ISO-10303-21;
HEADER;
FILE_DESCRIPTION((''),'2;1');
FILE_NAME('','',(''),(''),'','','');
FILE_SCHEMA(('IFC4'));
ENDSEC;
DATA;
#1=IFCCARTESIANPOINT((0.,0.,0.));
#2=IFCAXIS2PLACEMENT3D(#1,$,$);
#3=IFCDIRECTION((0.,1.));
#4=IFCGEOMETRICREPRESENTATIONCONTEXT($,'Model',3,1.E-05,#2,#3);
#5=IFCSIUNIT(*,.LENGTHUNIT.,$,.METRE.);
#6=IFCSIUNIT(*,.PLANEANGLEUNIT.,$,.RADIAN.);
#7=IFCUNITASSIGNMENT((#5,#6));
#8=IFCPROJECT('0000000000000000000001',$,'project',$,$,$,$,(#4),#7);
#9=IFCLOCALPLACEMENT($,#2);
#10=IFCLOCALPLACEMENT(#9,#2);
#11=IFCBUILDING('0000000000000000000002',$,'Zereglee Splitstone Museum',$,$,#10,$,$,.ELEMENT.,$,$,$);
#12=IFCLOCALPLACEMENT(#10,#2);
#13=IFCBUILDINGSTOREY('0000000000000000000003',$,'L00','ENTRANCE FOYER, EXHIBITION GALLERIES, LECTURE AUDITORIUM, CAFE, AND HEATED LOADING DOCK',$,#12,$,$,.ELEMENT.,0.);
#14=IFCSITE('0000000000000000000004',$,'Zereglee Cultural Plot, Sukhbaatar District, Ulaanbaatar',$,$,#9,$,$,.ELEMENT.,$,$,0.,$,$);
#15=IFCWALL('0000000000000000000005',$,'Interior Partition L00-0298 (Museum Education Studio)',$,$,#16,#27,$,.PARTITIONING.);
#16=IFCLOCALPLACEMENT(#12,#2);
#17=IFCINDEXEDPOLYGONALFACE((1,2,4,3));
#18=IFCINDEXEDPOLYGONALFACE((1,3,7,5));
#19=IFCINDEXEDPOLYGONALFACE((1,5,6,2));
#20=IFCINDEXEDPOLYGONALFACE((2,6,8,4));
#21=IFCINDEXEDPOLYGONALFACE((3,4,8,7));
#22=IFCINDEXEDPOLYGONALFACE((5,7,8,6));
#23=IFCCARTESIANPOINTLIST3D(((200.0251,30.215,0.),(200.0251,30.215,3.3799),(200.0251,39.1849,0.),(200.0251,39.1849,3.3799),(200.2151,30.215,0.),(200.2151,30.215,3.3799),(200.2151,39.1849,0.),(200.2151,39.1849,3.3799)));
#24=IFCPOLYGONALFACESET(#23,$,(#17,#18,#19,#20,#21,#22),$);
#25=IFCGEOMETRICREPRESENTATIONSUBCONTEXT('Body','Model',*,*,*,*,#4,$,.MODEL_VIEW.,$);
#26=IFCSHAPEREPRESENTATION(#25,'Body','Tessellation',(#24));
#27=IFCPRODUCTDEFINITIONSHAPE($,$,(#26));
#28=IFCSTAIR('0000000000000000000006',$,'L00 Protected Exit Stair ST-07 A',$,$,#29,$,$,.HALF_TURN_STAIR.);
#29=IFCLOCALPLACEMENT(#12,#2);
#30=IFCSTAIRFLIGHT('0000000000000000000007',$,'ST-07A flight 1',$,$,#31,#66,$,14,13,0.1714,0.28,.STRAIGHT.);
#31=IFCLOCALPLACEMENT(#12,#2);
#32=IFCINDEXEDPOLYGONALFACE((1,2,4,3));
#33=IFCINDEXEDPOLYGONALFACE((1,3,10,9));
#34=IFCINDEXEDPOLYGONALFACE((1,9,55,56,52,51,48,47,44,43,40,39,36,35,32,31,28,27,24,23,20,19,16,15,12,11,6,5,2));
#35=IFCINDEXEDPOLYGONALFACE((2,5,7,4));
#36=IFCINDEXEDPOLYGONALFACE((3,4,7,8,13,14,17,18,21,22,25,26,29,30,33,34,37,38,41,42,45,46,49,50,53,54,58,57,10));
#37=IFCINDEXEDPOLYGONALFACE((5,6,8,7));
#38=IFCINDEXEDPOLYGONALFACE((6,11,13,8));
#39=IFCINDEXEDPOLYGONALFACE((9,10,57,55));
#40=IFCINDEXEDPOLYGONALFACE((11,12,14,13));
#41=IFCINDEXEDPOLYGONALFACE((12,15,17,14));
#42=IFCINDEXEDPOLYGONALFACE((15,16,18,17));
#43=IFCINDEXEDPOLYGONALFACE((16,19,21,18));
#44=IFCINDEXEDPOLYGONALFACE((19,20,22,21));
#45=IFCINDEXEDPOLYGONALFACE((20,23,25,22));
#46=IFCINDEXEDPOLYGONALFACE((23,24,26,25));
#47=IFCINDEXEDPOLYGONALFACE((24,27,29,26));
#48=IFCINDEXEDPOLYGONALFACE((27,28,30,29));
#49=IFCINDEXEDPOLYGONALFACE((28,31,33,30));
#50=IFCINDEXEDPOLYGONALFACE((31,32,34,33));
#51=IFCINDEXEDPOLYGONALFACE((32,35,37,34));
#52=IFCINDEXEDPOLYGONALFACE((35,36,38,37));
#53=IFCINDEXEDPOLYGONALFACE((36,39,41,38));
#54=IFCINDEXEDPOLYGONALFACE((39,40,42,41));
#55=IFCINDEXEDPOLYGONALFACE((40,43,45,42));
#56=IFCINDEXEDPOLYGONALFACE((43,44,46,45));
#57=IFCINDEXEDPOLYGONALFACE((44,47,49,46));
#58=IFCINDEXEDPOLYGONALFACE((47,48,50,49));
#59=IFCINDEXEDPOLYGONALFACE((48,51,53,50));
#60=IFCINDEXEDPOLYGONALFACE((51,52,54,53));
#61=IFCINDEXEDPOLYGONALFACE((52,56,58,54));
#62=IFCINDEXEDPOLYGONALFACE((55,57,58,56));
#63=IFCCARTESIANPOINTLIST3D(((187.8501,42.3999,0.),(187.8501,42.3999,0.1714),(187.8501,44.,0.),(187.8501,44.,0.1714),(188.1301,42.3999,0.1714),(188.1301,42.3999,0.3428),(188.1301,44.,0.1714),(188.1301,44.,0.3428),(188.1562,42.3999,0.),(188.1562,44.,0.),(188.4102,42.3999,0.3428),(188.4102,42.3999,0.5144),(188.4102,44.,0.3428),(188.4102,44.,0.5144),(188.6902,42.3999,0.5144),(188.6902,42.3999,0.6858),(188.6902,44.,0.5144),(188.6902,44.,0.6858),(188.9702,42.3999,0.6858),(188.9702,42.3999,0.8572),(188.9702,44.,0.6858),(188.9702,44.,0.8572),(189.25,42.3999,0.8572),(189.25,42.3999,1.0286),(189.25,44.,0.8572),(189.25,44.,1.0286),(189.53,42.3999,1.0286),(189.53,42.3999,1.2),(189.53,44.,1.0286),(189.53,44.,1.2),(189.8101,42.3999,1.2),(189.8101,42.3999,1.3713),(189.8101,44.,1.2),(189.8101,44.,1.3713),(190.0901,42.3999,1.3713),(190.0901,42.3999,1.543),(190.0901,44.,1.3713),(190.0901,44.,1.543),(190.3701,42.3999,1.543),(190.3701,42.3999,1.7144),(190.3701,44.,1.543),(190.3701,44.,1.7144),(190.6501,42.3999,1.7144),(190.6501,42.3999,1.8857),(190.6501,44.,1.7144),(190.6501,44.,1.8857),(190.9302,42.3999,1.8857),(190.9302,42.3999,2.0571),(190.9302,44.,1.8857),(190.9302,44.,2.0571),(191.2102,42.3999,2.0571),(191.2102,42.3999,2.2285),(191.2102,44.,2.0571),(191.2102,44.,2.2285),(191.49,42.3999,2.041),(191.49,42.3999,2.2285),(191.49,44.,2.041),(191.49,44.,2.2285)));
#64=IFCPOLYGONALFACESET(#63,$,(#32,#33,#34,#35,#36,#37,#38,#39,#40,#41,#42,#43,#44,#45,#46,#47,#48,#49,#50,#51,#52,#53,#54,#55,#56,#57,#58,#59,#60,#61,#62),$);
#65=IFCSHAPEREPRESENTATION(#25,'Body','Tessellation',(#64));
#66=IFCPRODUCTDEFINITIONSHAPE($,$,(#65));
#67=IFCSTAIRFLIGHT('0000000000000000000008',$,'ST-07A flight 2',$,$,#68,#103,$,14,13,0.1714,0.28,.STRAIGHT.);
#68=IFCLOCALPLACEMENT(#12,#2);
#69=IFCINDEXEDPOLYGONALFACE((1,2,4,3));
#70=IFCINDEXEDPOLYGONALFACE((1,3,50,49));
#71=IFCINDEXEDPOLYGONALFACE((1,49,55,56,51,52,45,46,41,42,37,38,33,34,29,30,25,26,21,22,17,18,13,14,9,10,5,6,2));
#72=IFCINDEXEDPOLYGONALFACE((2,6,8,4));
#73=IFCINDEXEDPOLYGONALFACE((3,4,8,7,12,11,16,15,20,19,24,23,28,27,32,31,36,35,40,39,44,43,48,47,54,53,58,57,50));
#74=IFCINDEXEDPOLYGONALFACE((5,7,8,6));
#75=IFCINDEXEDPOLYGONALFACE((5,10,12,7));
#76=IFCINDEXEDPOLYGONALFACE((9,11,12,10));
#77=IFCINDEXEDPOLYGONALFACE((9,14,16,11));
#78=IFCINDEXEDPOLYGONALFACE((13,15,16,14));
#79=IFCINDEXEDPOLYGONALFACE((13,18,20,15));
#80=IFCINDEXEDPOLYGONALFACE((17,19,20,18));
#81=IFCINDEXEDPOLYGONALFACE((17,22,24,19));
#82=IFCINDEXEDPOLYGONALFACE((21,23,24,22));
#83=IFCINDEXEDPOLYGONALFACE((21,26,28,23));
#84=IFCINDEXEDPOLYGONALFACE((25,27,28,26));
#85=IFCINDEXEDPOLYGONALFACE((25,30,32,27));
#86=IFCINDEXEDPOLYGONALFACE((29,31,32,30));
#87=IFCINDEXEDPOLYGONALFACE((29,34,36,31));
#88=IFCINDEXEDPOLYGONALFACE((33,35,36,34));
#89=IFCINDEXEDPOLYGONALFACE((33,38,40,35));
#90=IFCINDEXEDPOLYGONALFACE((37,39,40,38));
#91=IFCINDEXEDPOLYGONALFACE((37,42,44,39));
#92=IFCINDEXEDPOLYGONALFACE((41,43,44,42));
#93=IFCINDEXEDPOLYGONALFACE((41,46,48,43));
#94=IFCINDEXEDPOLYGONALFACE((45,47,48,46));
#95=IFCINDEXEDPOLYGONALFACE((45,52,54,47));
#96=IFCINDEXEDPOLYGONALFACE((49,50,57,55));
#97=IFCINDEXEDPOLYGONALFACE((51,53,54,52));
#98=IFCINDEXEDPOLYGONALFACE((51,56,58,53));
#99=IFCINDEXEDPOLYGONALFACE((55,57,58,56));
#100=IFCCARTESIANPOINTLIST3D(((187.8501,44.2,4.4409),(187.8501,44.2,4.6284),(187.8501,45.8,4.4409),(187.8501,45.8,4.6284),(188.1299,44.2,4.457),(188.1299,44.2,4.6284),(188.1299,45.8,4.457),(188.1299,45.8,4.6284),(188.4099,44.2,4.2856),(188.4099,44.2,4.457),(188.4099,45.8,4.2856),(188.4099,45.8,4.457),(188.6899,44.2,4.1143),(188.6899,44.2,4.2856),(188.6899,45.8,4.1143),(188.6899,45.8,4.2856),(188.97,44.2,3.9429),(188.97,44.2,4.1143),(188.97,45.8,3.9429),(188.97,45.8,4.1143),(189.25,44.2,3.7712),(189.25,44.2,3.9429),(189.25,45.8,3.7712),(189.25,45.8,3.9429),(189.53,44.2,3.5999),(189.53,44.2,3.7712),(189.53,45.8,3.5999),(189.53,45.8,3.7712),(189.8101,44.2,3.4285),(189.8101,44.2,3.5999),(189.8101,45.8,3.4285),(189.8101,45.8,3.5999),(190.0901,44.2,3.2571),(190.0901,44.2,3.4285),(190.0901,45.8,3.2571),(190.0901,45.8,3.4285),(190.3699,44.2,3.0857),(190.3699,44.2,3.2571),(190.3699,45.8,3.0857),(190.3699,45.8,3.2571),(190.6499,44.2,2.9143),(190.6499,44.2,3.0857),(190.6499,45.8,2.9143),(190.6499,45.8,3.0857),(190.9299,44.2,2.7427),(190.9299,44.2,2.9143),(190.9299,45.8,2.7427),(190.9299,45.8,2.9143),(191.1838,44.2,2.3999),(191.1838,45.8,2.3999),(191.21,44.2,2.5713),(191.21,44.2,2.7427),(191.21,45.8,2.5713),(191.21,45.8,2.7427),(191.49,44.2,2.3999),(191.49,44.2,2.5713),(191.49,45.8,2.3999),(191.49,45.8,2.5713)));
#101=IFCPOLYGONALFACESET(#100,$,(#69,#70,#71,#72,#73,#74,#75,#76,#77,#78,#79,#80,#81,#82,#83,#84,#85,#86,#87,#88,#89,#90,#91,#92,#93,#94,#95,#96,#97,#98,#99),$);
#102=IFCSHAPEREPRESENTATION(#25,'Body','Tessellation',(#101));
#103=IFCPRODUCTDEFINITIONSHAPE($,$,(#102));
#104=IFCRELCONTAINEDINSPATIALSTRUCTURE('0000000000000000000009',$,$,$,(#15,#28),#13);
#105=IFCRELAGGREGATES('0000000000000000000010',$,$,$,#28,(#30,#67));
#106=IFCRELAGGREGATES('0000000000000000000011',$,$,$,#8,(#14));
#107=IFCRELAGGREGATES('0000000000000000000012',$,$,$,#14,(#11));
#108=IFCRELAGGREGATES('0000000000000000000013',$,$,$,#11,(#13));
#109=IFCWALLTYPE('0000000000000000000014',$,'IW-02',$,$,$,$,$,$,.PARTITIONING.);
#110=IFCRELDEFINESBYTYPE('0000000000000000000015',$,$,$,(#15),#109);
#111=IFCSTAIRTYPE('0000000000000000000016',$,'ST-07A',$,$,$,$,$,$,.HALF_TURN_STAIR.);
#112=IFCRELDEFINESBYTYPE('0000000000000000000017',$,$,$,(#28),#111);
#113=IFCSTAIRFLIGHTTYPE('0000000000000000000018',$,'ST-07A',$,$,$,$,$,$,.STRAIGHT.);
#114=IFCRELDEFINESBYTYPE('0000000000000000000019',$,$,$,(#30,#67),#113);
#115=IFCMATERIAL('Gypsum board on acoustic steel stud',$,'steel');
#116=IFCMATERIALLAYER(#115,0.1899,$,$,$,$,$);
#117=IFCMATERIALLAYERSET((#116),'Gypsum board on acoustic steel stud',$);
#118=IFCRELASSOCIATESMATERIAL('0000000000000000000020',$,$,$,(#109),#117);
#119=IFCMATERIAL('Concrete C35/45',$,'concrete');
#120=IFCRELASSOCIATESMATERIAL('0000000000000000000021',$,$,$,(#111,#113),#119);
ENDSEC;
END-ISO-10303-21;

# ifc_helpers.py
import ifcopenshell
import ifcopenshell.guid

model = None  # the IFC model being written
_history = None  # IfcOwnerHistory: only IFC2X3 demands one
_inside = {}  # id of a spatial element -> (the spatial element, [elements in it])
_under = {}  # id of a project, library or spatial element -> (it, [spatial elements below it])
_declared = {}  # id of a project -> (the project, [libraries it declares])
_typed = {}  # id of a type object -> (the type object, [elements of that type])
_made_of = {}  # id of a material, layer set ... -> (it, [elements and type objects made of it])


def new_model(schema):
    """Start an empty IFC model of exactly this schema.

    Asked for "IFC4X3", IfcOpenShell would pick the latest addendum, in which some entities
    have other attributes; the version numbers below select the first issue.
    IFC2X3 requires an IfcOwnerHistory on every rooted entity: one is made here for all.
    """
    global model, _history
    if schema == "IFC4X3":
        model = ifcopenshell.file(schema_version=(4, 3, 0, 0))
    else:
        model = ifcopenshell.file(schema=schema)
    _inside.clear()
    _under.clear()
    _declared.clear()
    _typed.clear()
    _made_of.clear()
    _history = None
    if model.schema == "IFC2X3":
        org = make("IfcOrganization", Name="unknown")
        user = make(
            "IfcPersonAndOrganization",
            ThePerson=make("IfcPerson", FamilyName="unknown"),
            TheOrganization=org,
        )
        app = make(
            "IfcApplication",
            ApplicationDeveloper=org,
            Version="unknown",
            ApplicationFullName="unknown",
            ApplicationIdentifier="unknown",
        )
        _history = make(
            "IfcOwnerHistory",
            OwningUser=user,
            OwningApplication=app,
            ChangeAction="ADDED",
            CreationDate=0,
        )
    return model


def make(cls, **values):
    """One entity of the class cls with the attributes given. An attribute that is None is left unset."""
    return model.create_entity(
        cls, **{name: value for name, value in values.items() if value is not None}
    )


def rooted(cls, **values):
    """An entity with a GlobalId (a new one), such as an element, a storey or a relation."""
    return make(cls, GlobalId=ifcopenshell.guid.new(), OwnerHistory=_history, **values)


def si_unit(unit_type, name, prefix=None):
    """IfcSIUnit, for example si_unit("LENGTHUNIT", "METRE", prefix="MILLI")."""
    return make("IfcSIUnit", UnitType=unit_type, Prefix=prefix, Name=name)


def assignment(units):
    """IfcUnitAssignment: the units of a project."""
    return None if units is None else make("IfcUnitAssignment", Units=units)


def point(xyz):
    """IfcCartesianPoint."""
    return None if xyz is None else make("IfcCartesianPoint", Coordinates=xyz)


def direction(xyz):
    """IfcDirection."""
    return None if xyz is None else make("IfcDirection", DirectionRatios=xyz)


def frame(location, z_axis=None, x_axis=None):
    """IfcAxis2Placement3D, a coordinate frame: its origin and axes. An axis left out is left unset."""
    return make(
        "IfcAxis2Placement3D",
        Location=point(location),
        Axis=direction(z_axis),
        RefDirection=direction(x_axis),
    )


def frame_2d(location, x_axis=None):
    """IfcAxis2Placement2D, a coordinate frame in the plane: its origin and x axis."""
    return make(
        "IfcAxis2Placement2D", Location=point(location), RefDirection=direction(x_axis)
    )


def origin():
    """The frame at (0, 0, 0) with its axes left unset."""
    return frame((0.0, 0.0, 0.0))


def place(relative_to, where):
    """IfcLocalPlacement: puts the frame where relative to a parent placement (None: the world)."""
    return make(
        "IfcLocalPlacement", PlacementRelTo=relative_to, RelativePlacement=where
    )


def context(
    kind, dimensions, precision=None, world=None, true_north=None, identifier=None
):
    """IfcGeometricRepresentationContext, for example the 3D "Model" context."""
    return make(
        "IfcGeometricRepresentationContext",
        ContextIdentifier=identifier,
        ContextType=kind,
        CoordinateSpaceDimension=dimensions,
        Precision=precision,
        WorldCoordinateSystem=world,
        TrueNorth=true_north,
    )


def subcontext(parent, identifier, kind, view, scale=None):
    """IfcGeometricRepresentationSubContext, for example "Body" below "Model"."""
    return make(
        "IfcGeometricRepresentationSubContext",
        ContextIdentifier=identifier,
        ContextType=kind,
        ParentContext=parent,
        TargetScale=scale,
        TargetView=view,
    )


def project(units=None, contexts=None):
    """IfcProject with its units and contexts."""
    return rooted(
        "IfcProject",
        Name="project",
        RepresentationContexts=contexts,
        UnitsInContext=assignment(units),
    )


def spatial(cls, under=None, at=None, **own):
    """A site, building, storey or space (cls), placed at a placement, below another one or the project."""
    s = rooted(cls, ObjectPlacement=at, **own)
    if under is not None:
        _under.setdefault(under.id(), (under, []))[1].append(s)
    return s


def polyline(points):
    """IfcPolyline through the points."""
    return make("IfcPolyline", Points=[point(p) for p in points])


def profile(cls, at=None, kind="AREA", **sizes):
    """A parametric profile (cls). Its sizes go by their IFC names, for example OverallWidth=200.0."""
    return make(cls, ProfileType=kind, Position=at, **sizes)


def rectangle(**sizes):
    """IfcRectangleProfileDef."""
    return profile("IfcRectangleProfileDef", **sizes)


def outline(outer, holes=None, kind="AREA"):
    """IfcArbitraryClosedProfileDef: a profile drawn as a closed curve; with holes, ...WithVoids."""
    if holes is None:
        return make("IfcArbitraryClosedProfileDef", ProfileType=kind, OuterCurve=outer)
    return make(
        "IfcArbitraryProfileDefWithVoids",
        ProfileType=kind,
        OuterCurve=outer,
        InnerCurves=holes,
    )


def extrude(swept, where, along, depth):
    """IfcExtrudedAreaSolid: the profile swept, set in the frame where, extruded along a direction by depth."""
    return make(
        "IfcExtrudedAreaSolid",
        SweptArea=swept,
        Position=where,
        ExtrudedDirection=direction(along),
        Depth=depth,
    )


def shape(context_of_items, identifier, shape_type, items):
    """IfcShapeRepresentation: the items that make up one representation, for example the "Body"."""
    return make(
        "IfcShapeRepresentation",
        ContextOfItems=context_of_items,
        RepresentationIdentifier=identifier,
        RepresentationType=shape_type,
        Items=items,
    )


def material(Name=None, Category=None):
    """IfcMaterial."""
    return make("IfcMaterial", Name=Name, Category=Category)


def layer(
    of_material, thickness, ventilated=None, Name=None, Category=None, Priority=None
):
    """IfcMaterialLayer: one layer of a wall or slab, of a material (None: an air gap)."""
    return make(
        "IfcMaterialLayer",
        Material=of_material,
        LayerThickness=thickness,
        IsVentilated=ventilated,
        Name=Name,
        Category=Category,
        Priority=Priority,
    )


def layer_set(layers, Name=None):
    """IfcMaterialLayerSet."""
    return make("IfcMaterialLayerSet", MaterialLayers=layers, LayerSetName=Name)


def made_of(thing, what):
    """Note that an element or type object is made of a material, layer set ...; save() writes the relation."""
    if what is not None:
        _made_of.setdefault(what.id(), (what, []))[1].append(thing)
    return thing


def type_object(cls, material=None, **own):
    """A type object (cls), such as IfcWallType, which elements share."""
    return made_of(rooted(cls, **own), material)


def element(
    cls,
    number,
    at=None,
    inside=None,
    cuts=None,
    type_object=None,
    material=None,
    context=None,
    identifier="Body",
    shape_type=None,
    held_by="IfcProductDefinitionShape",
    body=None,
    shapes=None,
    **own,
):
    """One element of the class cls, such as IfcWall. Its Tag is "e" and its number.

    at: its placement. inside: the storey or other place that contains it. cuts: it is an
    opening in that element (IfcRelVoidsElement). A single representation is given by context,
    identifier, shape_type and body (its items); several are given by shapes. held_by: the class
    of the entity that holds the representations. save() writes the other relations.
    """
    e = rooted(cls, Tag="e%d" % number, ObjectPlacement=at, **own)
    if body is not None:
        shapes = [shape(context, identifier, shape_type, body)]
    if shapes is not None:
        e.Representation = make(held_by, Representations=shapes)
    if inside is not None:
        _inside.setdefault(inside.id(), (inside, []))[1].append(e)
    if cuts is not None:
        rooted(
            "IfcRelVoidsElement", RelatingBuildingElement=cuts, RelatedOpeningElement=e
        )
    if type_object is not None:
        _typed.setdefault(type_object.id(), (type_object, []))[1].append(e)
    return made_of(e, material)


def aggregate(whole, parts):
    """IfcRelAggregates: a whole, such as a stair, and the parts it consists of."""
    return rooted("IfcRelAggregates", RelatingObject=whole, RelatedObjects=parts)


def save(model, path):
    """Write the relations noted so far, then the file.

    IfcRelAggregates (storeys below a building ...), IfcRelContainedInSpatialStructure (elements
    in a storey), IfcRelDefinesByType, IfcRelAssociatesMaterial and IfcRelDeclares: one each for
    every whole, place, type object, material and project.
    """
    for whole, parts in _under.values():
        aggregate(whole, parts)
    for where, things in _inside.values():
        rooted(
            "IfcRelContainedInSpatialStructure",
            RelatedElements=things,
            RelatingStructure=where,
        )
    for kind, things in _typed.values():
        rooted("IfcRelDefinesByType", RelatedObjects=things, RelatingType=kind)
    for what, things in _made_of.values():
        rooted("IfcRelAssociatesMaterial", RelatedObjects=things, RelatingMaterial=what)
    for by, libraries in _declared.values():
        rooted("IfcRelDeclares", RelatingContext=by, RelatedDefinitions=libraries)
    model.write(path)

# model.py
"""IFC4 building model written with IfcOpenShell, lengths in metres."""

from ifc_helpers import new_model, si_unit, direction, frame, frame_2d, origin, place, context, subcontext, project, spatial, polyline, rectangle, outline, extrude, material, layer, layer_set, type_object, element, aggregate, save


model = new_model("IFC4")

# Units and contexts
model_context = context("Model", 3, precision=1e-05, world=origin(), true_north=direction((0.0, 1.0)))
body_context = subcontext(model_context, "Body", "Model", "MODEL_VIEW")
ifc_project = project(units=[si_unit("LENGTHUNIT", "METRE"), si_unit("PLANEANGLEUNIT", "RADIAN")], contexts=[model_context])

# Site, building, storey
site_placement = place(None, origin())
site = spatial("IfcSite", under=ifc_project, at=site_placement, Name="Zereglee Cultural Plot, Sukhbaatar District, Ulaanbaatar", CompositionType="ELEMENT", RefElevation=0.0)
building_placement = place(site_placement, origin())
building = spatial("IfcBuilding", under=site, at=building_placement, Name="Zereglee Splitstone Museum", CompositionType="ELEMENT")
storey_placement = place(building_placement, origin())
storey = spatial("IfcBuildingStorey", under=building, at=storey_placement, Name="L00", Description="ENTRANCE FOYER, EXHIBITION GALLERIES, LECTURE AUDITORIUM, CAFE, AND HEATED LOADING DOCK", CompositionType="ELEMENT", Elevation=0.0)

# Shared definitions
ifc_material_1 = material(Name="Gypsum board on acoustic steel stud", Category="steel")
ifc_layer_1 = layer(ifc_material_1, 0.1899)
ifc_layer_set_1 = layer_set([ifc_layer_1], Name="Gypsum board on acoustic steel stud")
wall_type_1 = type_object("IfcWallType", Name="IW-02", PredefinedType="PARTITIONING", material=ifc_layer_set_1)

# Wall
wall_1_placement = place(storey_placement, frame((200.1201, 30.2151, 0.0), z_axis=(0.0, 0.0, 1.0), x_axis=(0.0, 1.0, 0.0)))
element("IfcWall", 1, at=wall_1_placement, inside=storey, type_object=wall_type_1, Name="Interior Partition L00-0298 (Museum Education Studio)", PredefinedType="PARTITIONING", context=body_context, shape_type="SweptSolid", body=[
    extrude(rectangle(XDim=8.97, YDim=0.1899, at=frame_2d((4.4849, 0.0))), origin(), (0.0, 0.0, 1.0), 3.3799),
])

# Stair, stair flights
ifc_material_2 = material(Name="Concrete C35/45", Category="concrete")
stair_type = type_object("IfcStairType", Name="ST-07A", PredefinedType="HALF_TURN_STAIR", material=ifc_material_2)
stair_placement = place(storey_placement, origin())
stair = element("IfcStair", 2, at=stair_placement, inside=storey, type_object=stair_type, Name="L00 Protected Exit Stair ST-07 A", PredefinedType="HALF_TURN_STAIR")
stair_flight_type = type_object("IfcStairFlightType", Name="ST-07A", PredefinedType="STRAIGHT", material=ifc_material_2)
stair_flight_1_placement = place(storey_placement, frame((187.8501, 43.2, 0.0), z_axis=(0.0, 0.0, 1.0), x_axis=(1.0, 0.0, 0.0)))
stair_flight_1 = element("IfcStairFlight", 3, at=stair_flight_1_placement, type_object=stair_flight_type, Name="ST-07A flight 1", NumberOfRisers=14, NumberOfTreads=13, PredefinedType="STRAIGHT", RiserHeight=0.1714, TreadLength=0.28, context=body_context, shape_type="SweptSolid", body=[
    extrude(outline(polyline([(0.0, 0.0), (0.0, 0.1714), (0.28, 0.1714), (0.28, 0.3428), (0.5601, 0.3428), (0.5601, 0.5144), (0.8401, 0.5144), (0.8401, 0.6858), (1.1201, 0.6858), (1.1201, 0.8572), (1.3999, 0.8572), (1.3999, 1.0286), (1.6799, 1.0286), (1.6799, 1.2), (1.96, 1.2), (1.96, 1.3713), (2.24, 1.3713), (2.24, 1.543), (2.52, 1.543), (2.52, 1.7144), (2.8, 1.7144), (2.8, 1.8857), (3.0801, 1.8857), (3.0801, 2.0571), (3.3601, 2.0571), (3.3601, 2.2285), (3.6399, 2.2285), (3.6399, 2.3999), (3.6399, 2.041), (0.3062, 0.0), (0.0, 0.0)])), frame((0.0, 0.8, 0.0), z_axis=(0.0, -1.0, 0.0), x_axis=(1.0, 0.0, 0.0)), (0.0, 0.0, 1.0), 1.6001),
])
stair_flight_2_placement = place(storey_placement, frame((191.49, 45.0, 2.3999), z_axis=(0.0, 0.0, 1.0), x_axis=(-1.0, 0.0, 0.0)))
stair_flight_2 = element("IfcStairFlight", 4, at=stair_flight_2_placement, type_object=stair_flight_type, Name="ST-07A flight 2", NumberOfRisers=14, NumberOfTreads=13, PredefinedType="STRAIGHT", RiserHeight=0.1714, TreadLength=0.28, context=body_context, shape_type="SweptSolid", body=[
    extrude(outline(polyline([(0.0, 0.0), (0.0, 0.1714), (0.28, 0.1714), (0.28, 0.3428), (0.5601, 0.3428), (0.5601, 0.5144), (0.8401, 0.5144), (0.8401, 0.6858), (1.1201, 0.6858), (1.1201, 0.8572), (1.3999, 0.8572), (1.3999, 1.0286), (1.6799, 1.0286), (1.6799, 1.2), (1.96, 1.2), (1.96, 1.3713), (2.24, 1.3713), (2.24, 1.543), (2.52, 1.543), (2.52, 1.7144), (2.8, 1.7144), (2.8, 1.8857), (3.0801, 1.8857), (3.0801, 2.0571), (3.3601, 2.0571), (3.3601, 2.2285), (3.6399, 2.2285), (3.6399, 2.3999), (3.6399, 2.041), (0.3062, 0.0), (0.0, 0.0)])), frame((0.0, 0.8, 0.0), z_axis=(0.0, -1.0, 0.0), x_axis=(1.0, 0.0, 0.0)), (0.0, 0.0, 1.0), 1.6001),
])
aggregate(stair, [stair_flight_1, stair_flight_2])

save(model, "model.ifc")
